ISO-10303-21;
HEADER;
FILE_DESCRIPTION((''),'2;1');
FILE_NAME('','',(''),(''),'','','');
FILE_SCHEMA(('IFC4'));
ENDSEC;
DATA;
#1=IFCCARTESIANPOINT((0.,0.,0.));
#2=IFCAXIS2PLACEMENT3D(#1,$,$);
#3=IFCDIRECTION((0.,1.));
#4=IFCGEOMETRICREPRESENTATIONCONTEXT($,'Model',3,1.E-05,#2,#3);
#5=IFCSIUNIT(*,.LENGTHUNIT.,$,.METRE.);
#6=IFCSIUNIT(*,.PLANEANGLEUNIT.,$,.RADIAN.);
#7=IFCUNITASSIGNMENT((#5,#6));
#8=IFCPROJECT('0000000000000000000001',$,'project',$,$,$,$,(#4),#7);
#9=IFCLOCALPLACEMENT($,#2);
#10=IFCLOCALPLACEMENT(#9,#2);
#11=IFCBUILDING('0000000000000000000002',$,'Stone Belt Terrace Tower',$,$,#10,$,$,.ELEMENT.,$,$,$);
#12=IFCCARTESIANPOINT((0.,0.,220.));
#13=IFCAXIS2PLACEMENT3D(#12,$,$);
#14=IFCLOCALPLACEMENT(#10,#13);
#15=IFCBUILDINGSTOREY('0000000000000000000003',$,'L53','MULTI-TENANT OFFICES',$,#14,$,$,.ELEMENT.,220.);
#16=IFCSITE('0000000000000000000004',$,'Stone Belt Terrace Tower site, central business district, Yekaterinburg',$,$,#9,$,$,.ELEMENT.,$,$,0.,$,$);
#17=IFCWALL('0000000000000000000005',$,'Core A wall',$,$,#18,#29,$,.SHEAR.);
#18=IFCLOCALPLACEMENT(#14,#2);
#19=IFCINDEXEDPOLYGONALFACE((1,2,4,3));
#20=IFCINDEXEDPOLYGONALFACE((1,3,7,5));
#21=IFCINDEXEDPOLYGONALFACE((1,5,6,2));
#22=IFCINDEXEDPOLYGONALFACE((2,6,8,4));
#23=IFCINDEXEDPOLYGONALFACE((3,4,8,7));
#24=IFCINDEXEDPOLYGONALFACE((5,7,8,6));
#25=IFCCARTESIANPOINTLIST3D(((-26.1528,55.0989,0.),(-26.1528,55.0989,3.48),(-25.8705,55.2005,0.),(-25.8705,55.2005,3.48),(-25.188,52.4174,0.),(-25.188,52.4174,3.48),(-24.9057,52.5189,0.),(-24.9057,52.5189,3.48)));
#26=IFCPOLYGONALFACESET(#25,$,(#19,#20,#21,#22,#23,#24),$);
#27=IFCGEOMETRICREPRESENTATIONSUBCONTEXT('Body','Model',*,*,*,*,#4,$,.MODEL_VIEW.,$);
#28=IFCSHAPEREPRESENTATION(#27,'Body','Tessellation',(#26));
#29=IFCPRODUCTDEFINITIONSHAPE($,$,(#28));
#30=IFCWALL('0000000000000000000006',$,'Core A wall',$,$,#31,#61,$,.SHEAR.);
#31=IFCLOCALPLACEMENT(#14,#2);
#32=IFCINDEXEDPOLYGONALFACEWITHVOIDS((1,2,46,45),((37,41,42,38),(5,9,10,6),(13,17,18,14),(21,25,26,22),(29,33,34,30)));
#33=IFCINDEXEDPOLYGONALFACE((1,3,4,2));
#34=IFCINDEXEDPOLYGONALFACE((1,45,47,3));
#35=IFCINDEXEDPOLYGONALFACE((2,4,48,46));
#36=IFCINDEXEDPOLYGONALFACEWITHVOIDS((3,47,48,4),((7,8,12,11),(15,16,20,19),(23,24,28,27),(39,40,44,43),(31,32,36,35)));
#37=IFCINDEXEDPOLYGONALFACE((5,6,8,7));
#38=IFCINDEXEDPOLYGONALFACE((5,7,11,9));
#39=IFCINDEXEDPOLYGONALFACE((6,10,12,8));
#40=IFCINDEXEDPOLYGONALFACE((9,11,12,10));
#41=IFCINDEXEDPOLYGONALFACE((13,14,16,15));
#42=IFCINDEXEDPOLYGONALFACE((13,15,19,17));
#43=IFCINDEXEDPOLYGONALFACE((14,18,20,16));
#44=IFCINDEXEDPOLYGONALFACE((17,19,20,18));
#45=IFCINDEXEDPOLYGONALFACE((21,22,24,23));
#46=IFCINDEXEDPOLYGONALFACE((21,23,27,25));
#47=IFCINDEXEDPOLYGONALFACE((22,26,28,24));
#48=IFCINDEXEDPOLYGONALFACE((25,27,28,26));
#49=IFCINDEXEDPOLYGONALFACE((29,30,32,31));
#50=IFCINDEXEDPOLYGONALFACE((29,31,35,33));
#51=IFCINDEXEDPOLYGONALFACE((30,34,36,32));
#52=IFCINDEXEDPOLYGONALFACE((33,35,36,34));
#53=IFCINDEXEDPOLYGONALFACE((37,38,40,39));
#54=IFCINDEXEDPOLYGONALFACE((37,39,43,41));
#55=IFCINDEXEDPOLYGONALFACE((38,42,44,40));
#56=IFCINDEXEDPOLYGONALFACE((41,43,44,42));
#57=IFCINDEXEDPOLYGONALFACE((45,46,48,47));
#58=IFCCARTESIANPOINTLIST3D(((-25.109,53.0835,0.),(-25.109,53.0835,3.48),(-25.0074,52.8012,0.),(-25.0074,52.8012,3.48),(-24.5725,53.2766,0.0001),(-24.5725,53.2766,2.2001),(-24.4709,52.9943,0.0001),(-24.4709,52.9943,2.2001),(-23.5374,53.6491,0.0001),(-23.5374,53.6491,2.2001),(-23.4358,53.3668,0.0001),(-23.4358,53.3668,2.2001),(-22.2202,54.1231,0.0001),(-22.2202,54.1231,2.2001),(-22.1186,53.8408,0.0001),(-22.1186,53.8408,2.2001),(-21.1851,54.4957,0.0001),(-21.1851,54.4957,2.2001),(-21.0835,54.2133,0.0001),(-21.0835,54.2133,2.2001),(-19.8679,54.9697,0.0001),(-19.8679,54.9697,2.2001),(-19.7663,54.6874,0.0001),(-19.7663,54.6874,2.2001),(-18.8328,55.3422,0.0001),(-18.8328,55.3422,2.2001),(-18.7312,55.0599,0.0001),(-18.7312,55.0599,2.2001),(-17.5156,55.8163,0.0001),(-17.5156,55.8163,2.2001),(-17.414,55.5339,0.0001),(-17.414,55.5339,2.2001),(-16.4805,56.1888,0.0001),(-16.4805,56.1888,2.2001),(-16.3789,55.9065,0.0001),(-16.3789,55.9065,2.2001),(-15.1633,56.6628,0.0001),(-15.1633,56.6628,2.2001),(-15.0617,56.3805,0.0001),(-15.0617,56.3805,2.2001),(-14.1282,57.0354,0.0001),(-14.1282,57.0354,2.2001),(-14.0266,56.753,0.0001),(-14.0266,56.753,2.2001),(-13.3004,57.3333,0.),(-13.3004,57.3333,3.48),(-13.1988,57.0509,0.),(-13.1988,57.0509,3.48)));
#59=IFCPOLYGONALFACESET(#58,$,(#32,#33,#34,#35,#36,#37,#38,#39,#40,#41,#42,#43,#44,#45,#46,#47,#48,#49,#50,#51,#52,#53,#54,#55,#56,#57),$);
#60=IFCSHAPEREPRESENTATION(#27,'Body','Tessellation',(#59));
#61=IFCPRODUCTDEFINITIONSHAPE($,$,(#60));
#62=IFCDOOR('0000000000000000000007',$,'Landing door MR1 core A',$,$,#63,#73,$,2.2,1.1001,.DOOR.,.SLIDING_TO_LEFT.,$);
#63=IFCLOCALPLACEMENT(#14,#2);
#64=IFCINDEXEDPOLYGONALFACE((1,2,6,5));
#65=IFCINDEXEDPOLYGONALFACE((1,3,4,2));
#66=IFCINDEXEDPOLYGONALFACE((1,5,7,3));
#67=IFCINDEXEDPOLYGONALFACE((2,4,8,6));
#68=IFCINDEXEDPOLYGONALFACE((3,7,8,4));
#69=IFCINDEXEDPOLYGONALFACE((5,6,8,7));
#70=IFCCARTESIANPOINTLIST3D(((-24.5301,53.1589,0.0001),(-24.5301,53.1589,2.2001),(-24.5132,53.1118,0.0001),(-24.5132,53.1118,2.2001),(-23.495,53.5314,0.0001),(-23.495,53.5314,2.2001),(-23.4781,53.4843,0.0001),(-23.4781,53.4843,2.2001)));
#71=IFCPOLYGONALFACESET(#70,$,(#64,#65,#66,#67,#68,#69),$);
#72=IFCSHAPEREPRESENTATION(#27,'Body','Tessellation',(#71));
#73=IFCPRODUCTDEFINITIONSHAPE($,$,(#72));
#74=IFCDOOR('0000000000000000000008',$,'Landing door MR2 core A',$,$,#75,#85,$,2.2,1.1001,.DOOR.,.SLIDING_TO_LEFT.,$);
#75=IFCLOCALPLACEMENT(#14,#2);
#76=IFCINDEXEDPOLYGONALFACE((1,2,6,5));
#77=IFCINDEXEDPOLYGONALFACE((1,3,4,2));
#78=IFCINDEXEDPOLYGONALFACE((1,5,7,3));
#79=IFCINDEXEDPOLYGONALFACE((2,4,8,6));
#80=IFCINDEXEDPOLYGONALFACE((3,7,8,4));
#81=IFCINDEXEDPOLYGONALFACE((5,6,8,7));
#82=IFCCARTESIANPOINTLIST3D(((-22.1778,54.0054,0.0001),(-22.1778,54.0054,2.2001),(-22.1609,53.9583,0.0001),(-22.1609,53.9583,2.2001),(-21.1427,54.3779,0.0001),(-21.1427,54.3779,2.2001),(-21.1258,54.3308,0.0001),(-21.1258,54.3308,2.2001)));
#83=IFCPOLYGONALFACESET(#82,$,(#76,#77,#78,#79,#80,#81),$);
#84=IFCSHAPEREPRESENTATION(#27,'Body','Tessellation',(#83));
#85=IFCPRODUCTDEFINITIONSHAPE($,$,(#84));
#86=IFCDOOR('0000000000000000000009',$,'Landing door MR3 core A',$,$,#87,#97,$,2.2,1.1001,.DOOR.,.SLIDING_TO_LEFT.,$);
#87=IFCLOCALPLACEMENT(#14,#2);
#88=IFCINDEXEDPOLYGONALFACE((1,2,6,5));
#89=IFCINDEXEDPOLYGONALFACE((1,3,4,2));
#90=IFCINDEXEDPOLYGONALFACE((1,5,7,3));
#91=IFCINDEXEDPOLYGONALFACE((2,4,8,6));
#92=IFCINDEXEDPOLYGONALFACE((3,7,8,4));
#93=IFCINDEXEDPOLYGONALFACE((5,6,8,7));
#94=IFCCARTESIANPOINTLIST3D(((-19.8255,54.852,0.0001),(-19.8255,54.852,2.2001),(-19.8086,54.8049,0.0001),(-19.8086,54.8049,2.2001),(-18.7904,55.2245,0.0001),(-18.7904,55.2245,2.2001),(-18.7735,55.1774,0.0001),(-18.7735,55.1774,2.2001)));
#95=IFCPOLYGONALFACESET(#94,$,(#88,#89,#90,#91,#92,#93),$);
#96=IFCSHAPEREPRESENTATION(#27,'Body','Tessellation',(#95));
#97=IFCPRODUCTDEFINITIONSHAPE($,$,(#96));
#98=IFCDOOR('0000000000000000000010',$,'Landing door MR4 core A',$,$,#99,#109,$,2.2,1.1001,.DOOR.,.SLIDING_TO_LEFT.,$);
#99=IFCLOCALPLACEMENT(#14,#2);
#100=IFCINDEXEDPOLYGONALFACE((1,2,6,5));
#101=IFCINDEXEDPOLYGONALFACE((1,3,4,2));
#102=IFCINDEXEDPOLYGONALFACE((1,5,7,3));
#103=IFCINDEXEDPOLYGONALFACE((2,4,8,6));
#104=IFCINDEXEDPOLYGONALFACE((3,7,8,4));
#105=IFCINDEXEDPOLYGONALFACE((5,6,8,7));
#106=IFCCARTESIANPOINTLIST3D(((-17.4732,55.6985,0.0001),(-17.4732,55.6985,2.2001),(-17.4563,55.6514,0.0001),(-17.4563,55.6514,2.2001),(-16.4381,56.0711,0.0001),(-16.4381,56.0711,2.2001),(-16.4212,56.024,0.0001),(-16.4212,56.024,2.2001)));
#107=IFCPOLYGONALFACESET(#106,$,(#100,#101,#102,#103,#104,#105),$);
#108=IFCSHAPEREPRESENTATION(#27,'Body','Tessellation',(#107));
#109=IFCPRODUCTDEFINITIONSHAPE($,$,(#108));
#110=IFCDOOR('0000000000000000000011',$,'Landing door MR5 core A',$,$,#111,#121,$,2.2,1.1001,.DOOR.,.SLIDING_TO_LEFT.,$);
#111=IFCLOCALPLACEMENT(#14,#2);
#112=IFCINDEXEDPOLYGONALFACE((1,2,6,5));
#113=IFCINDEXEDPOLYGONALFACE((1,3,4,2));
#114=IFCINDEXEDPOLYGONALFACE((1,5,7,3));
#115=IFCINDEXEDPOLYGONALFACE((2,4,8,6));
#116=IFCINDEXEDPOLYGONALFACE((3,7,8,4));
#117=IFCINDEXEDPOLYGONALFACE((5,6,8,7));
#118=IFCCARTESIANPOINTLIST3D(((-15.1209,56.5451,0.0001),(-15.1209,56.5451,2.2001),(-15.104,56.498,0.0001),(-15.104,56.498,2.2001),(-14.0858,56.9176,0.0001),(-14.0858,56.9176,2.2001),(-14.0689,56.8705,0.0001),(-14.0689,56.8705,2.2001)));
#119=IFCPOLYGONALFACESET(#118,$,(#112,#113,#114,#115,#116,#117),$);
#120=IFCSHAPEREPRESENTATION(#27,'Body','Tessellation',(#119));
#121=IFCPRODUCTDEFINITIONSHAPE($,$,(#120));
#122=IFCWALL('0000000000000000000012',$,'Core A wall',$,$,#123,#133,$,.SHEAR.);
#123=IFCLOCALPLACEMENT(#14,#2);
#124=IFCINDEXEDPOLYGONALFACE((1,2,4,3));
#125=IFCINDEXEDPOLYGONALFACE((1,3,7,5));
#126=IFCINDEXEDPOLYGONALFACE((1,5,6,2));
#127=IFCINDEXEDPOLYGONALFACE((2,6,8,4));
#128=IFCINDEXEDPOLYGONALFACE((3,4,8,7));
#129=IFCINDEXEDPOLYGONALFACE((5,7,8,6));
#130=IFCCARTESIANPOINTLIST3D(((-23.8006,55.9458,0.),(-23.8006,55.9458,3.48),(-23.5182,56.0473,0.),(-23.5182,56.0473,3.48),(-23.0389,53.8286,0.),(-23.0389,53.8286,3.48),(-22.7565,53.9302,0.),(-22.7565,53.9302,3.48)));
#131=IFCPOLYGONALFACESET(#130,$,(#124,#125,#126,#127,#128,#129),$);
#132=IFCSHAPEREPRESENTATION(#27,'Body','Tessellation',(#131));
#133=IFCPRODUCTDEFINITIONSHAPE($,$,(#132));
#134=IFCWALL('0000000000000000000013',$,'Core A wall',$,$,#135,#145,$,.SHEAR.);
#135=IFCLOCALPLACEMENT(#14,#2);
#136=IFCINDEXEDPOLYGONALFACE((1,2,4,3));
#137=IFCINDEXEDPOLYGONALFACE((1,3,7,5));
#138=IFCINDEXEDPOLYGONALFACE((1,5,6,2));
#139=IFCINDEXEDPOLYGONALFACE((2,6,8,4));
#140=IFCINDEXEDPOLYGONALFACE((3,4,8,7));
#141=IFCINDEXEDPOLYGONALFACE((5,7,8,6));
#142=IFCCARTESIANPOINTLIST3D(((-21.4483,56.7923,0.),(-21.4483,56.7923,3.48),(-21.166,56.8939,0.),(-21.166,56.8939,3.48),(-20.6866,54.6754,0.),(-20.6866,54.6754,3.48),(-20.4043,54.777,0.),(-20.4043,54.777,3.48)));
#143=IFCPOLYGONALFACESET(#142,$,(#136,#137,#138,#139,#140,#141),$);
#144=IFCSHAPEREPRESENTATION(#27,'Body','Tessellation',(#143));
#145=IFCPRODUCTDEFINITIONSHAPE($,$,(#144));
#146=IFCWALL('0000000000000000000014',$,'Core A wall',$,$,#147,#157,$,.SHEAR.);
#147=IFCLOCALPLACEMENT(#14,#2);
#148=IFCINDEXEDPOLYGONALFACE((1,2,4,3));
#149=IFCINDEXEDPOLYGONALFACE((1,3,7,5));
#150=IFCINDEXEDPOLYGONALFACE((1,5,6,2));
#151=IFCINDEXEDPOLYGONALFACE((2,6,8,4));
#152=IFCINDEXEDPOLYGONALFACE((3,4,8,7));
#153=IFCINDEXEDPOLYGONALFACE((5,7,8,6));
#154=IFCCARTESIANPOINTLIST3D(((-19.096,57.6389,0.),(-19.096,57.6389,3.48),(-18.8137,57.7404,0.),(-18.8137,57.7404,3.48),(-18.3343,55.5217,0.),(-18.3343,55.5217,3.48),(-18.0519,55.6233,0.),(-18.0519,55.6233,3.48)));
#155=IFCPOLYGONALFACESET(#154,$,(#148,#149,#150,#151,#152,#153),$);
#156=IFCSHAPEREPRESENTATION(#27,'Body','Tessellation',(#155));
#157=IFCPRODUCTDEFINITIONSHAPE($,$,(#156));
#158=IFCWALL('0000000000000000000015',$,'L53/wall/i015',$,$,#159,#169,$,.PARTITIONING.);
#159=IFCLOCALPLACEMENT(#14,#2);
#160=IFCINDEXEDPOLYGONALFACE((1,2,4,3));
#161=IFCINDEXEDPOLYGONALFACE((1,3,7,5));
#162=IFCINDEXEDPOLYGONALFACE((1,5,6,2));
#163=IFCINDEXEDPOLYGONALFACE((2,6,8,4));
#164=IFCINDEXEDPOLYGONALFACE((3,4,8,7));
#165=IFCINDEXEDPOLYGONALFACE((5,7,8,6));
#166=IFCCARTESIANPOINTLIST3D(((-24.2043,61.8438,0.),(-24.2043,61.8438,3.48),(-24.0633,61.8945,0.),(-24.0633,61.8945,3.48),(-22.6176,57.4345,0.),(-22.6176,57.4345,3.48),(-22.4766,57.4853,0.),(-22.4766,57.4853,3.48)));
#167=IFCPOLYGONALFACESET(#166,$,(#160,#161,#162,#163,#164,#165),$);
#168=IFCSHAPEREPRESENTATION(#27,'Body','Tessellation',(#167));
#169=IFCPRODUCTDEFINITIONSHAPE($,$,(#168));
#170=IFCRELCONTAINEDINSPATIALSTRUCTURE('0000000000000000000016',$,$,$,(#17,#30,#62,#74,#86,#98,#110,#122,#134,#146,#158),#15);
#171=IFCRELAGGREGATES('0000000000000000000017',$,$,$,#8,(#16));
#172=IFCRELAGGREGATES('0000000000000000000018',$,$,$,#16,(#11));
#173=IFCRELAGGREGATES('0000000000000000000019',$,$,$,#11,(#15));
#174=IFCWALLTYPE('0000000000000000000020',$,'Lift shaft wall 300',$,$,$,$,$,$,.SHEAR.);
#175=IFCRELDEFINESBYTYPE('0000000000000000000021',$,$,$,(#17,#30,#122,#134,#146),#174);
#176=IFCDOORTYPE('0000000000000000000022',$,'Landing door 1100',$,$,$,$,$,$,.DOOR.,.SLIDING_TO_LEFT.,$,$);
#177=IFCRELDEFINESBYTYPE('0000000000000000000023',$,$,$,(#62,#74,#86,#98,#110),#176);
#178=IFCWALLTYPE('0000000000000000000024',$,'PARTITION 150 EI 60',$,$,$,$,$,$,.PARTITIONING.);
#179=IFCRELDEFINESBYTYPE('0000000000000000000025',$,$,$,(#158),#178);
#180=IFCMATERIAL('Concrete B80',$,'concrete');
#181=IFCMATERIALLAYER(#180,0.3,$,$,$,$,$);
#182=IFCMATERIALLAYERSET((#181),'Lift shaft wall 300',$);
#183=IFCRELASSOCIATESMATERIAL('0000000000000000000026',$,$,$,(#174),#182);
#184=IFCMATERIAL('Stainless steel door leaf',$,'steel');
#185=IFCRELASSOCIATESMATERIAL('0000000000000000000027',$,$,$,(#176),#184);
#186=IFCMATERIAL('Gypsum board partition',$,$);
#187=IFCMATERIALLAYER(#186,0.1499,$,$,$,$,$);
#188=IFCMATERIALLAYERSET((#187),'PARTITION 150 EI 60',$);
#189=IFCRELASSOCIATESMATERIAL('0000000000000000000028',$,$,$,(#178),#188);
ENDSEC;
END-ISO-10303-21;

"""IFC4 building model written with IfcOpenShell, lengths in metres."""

from ifc_helpers import new_model, si_unit, direction, frame, frame_2d, origin, place, context, subcontext, project, spatial, rectangle, extrude, material, layer, layer_set, type_object, element, fill, save


model = new_model("IFC4")

# Units and contexts
model_context = context("Model", 3, precision=1e-05, world=origin(), true_north=direction((0.0, 1.0)))
body_context = subcontext(model_context, "Body", "Model", "MODEL_VIEW")
ifc_project = project(units=[si_unit("LENGTHUNIT", "METRE"), si_unit("PLANEANGLEUNIT", "RADIAN")], contexts=[model_context])

# Site, building, storey
site_placement = place(None, origin())
site = spatial("IfcSite", under=ifc_project, at=site_placement, Name="Stone Belt Terrace Tower site, central business district, Yekaterinburg", CompositionType="ELEMENT", RefElevation=0.0)
building_placement = place(site_placement, origin())
building = spatial("IfcBuilding", under=site, at=building_placement, Name="Stone Belt Terrace Tower", CompositionType="ELEMENT")
storey_placement = place(building_placement, frame((0.0, 0.0, 220.0)))
storey = spatial("IfcBuildingStorey", under=building, at=storey_placement, Name="L53", Description="MULTI-TENANT OFFICES", CompositionType="ELEMENT", Elevation=220.0)

# Wall
ifc_material_1 = material(Name="Concrete B80", Category="concrete")
ifc_layer_1 = layer(ifc_material_1, 0.3)
ifc_layer_set_1 = layer_set([ifc_layer_1], Name="Lift shaft wall 300")
wall_type_1 = type_object("IfcWallType", Name="Lift shaft wall 300", PredefinedType="SHEAR", material=ifc_layer_set_1)
wall_1_placement = place(storey_placement, frame((-25.0469, 52.4683, 0.0), z_axis=(0.0, 0.0, 1.0), x_axis=(-0.33855, 0.940949, 0.0)))
element("IfcWall", 1, at=wall_1_placement, inside=storey, type_object=wall_type_1, Name="Core A wall", PredefinedType="SHEAR", context=body_context, shape_type="SweptSolid", body=[
    extrude(rectangle(XDim=2.8499, YDim=0.3, at=frame_2d((1.4248, 0.0))), origin(), (0.0, 0.0, 1.0), 3.48),
])

# Wall, openings, doors
wall_2_placement = place(storey_placement, frame((-25.0581, 52.9424, 0.0), z_axis=(0.0, 0.0, 1.0), x_axis=(0.940921, 0.338625, 0.0)))
wall_2 = element("IfcWall", 2, at=wall_2_placement, inside=storey, type_object=wall_type_1, Name="Core A wall", PredefinedType="SHEAR", context=body_context, shape_type="SweptSolid", body=[
    extrude(rectangle(XDim=12.55, YDim=0.3, at=frame_2d((6.2749, 0.0))), origin(), (0.0, 0.0, 1.0), 3.48),
])
opening_1_placement = place(wall_2_placement, frame((0.5701, 0.0, 0.0)))
opening_1 = element("IfcOpeningElement", 3, at=opening_1_placement, cuts=wall_2, PredefinedType="OPENING", context=body_context, shape_type="SweptSolid", body=[
    extrude(rectangle(XDim=1.1001, YDim=2.2, at=frame_2d((0.55, 1.1001))), frame((0.0, 0.1599, 0.0), z_axis=(0.0, -1.0, 0.0), x_axis=(1.0, 0.0, 0.0)), (0.0, 0.0, 1.0), 0.3201),
])
opening_2_placement = place(wall_2_placement, frame((3.0701, 0.0, 0.0)))
opening_2 = element("IfcOpeningElement", 4, at=opening_2_placement, cuts=wall_2, PredefinedType="OPENING", context=body_context, shape_type="SweptSolid", body=[
    extrude(rectangle(XDim=1.1001, YDim=2.2, at=frame_2d((0.55, 1.1001))), frame((0.0, 0.1599, 0.0), z_axis=(0.0, -1.0, 0.0), x_axis=(1.0, 0.0, 0.0)), (0.0, 0.0, 1.0), 0.3201),
])
opening_3_placement = place(wall_2_placement, frame((5.5701, 0.0, 0.0)))
opening_3 = element("IfcOpeningElement", 5, at=opening_3_placement, cuts=wall_2, PredefinedType="OPENING", context=body_context, shape_type="SweptSolid", body=[
    extrude(rectangle(XDim=1.1001, YDim=2.2, at=frame_2d((0.55, 1.1001))), frame((0.0, 0.1599, 0.0), z_axis=(0.0, -1.0, 0.0), x_axis=(1.0, 0.0, 0.0)), (0.0, 0.0, 1.0), 0.3201),
])
opening_4_placement = place(wall_2_placement, frame((8.0701, 0.0, 0.0)))
opening_4 = element("IfcOpeningElement", 6, at=opening_4_placement, cuts=wall_2, PredefinedType="OPENING", context=body_context, shape_type="SweptSolid", body=[
    extrude(rectangle(XDim=1.1001, YDim=2.2, at=frame_2d((0.55, 1.1001))), frame((0.0, 0.1599, 0.0), z_axis=(0.0, -1.0, 0.0), x_axis=(1.0, 0.0, 0.0)), (0.0, 0.0, 1.0), 0.3201),
])
opening_5_placement = place(wall_2_placement, frame((10.5701, 0.0, 0.0)))
opening_5 = element("IfcOpeningElement", 7, at=opening_5_placement, cuts=wall_2, PredefinedType="OPENING", context=body_context, shape_type="SweptSolid", body=[
    extrude(rectangle(XDim=1.1001, YDim=2.2, at=frame_2d((0.55, 1.1001))), frame((0.0, 0.1599, 0.0), z_axis=(0.0, -1.0, 0.0), x_axis=(1.0, 0.0, 0.0)), (0.0, 0.0, 1.0), 0.3201),
])
ifc_material_2 = material(Name="Stainless steel door leaf", Category="steel")
door_type_1 = type_object("IfcDoorType", Name="Landing door 1100", OperationType="SLIDING_TO_LEFT", PredefinedType="DOOR", material=ifc_material_2)
door_1_placement = place(opening_1_placement, origin())
door_1 = element("IfcDoor", 8, at=door_1_placement, inside=storey, type_object=door_type_1, Name="Landing door MR1 core A", OperationType="SLIDING_TO_LEFT", OverallHeight=2.2, OverallWidth=1.1001, PredefinedType="DOOR", context=body_context, shape_type="SweptSolid", body=[
    extrude(rectangle(XDim=1.1001, YDim=2.2, at=frame_2d((0.55, 1.1001))), frame((0.0, 0.0249, 0.0), z_axis=(0.0, -1.0, 0.0), x_axis=(1.0, 0.0, 0.0)), (0.0, 0.0, 1.0), 0.05),
])
fill(opening_1, door_1)
door_2_placement = place(opening_2_placement, origin())
door_2 = element("IfcDoor", 9, at=door_2_placement, inside=storey, type_object=door_type_1, Name="Landing door MR2 core A", OperationType="SLIDING_TO_LEFT", OverallHeight=2.2, OverallWidth=1.1001, PredefinedType="DOOR", context=body_context, shape_type="SweptSolid", body=[
    extrude(rectangle(XDim=1.1001, YDim=2.2, at=frame_2d((0.55, 1.1001))), frame((0.0, 0.0249, 0.0), z_axis=(0.0, -1.0, 0.0), x_axis=(1.0, 0.0, 0.0)), (0.0, 0.0, 1.0), 0.05),
])
fill(opening_2, door_2)
door_3_placement = place(opening_3_placement, origin())
door_3 = element("IfcDoor", 10, at=door_3_placement, inside=storey, type_object=door_type_1, Name="Landing door MR3 core A", OperationType="SLIDING_TO_LEFT", OverallHeight=2.2, OverallWidth=1.1001, PredefinedType="DOOR", context=body_context, shape_type="SweptSolid", body=[
    extrude(rectangle(XDim=1.1001, YDim=2.2, at=frame_2d((0.55, 1.1001))), frame((0.0, 0.0249, 0.0), z_axis=(0.0, -1.0, 0.0), x_axis=(1.0, 0.0, 0.0)), (0.0, 0.0, 1.0), 0.05),
])
fill(opening_3, door_3)
door_4_placement = place(opening_4_placement, origin())
door_4 = element("IfcDoor", 11, at=door_4_placement, inside=storey, type_object=door_type_1, Name="Landing door MR4 core A", OperationType="SLIDING_TO_LEFT", OverallHeight=2.2, OverallWidth=1.1001, PredefinedType="DOOR", context=body_context, shape_type="SweptSolid", body=[
    extrude(rectangle(XDim=1.1001, YDim=2.2, at=frame_2d((0.55, 1.1001))), frame((0.0, 0.0249, 0.0), z_axis=(0.0, -1.0, 0.0), x_axis=(1.0, 0.0, 0.0)), (0.0, 0.0, 1.0), 0.05),
])
fill(opening_4, door_4)
door_5_placement = place(opening_5_placement, origin())
door_5 = element("IfcDoor", 12, at=door_5_placement, inside=storey, type_object=door_type_1, Name="Landing door MR5 core A", OperationType="SLIDING_TO_LEFT", OverallHeight=2.2, OverallWidth=1.1001, PredefinedType="DOOR", context=body_context, shape_type="SweptSolid", body=[
    extrude(rectangle(XDim=1.1001, YDim=2.2, at=frame_2d((0.55, 1.1001))), frame((0.0, 0.0249, 0.0), z_axis=(0.0, -1.0, 0.0), x_axis=(1.0, 0.0, 0.0)), (0.0, 0.0, 1.0), 0.05),
])
fill(opening_5, door_5)

# Walls
wall_3_placement = place(storey_placement, frame((-22.8977, 53.8794, 0.0), z_axis=(0.0, 0.0, 1.0), x_axis=(-0.338535, 0.940954, 0.0)))
element("IfcWall", 13, at=wall_3_placement, inside=storey, type_object=wall_type_1, Name="Core A wall", PredefinedType="SHEAR", context=body_context, shape_type="SweptSolid", body=[
    extrude(rectangle(XDim=2.25, YDim=0.3, at=frame_2d((1.125, 0.0))), origin(), (0.0, 0.0, 1.0), 3.48),
])
wall_4_placement = place(storey_placement, frame((-20.5454, 54.7261, 0.0), z_axis=(0.0, 0.0, 1.0), x_axis=(-0.33857, 0.940941, 0.0)))
element("IfcWall", 14, at=wall_4_placement, inside=storey, type_object=wall_type_1, Name="Core A wall", PredefinedType="SHEAR", context=body_context, shape_type="SweptSolid", body=[
    extrude(rectangle(XDim=2.2498, YDim=0.3, at=frame_2d((1.125, 0.0))), origin(), (0.0, 0.0, 1.0), 3.48),
])
wall_5_placement = place(storey_placement, frame((-18.1931, 55.5725, 0.0), z_axis=(0.0, 0.0, 1.0), x_axis=(-0.338535, 0.940954, 0.0)))
element("IfcWall", 15, at=wall_5_placement, inside=storey, type_object=wall_type_1, Name="Core A wall", PredefinedType="SHEAR", context=body_context, shape_type="SweptSolid", body=[
    extrude(rectangle(XDim=2.25, YDim=0.3, at=frame_2d((1.125, 0.0))), origin(), (0.0, 0.0, 1.0), 3.48),
])
ifc_material_3 = material(Name="Gypsum board partition")
ifc_layer_2 = layer(ifc_material_3, 0.1499)
ifc_layer_set_2 = layer_set([ifc_layer_2], Name="PARTITION 150 EI 60")
wall_type_2 = type_object("IfcWallType", Name="PARTITION 150 EI 60", PredefinedType="PARTITIONING", material=ifc_layer_set_2)
wall_6_placement = place(storey_placement, frame((-24.1338, 61.8691, 0.0), z_axis=(0.0, 0.0, 1.0), x_axis=(0.3386, -0.940931, 0.0)))
element("IfcWall", 16, at=wall_6_placement, inside=storey, type_object=wall_type_2, Name="L53/wall/i015", PredefinedType="PARTITIONING", context=body_context, shape_type="SweptSolid", body=[
    extrude(rectangle(XDim=4.686, YDim=0.1499, at=frame_2d((2.343, 0.0))), origin(), (0.0, 0.0, 1.0), 3.48),
])

save(model, "model.ifc")
